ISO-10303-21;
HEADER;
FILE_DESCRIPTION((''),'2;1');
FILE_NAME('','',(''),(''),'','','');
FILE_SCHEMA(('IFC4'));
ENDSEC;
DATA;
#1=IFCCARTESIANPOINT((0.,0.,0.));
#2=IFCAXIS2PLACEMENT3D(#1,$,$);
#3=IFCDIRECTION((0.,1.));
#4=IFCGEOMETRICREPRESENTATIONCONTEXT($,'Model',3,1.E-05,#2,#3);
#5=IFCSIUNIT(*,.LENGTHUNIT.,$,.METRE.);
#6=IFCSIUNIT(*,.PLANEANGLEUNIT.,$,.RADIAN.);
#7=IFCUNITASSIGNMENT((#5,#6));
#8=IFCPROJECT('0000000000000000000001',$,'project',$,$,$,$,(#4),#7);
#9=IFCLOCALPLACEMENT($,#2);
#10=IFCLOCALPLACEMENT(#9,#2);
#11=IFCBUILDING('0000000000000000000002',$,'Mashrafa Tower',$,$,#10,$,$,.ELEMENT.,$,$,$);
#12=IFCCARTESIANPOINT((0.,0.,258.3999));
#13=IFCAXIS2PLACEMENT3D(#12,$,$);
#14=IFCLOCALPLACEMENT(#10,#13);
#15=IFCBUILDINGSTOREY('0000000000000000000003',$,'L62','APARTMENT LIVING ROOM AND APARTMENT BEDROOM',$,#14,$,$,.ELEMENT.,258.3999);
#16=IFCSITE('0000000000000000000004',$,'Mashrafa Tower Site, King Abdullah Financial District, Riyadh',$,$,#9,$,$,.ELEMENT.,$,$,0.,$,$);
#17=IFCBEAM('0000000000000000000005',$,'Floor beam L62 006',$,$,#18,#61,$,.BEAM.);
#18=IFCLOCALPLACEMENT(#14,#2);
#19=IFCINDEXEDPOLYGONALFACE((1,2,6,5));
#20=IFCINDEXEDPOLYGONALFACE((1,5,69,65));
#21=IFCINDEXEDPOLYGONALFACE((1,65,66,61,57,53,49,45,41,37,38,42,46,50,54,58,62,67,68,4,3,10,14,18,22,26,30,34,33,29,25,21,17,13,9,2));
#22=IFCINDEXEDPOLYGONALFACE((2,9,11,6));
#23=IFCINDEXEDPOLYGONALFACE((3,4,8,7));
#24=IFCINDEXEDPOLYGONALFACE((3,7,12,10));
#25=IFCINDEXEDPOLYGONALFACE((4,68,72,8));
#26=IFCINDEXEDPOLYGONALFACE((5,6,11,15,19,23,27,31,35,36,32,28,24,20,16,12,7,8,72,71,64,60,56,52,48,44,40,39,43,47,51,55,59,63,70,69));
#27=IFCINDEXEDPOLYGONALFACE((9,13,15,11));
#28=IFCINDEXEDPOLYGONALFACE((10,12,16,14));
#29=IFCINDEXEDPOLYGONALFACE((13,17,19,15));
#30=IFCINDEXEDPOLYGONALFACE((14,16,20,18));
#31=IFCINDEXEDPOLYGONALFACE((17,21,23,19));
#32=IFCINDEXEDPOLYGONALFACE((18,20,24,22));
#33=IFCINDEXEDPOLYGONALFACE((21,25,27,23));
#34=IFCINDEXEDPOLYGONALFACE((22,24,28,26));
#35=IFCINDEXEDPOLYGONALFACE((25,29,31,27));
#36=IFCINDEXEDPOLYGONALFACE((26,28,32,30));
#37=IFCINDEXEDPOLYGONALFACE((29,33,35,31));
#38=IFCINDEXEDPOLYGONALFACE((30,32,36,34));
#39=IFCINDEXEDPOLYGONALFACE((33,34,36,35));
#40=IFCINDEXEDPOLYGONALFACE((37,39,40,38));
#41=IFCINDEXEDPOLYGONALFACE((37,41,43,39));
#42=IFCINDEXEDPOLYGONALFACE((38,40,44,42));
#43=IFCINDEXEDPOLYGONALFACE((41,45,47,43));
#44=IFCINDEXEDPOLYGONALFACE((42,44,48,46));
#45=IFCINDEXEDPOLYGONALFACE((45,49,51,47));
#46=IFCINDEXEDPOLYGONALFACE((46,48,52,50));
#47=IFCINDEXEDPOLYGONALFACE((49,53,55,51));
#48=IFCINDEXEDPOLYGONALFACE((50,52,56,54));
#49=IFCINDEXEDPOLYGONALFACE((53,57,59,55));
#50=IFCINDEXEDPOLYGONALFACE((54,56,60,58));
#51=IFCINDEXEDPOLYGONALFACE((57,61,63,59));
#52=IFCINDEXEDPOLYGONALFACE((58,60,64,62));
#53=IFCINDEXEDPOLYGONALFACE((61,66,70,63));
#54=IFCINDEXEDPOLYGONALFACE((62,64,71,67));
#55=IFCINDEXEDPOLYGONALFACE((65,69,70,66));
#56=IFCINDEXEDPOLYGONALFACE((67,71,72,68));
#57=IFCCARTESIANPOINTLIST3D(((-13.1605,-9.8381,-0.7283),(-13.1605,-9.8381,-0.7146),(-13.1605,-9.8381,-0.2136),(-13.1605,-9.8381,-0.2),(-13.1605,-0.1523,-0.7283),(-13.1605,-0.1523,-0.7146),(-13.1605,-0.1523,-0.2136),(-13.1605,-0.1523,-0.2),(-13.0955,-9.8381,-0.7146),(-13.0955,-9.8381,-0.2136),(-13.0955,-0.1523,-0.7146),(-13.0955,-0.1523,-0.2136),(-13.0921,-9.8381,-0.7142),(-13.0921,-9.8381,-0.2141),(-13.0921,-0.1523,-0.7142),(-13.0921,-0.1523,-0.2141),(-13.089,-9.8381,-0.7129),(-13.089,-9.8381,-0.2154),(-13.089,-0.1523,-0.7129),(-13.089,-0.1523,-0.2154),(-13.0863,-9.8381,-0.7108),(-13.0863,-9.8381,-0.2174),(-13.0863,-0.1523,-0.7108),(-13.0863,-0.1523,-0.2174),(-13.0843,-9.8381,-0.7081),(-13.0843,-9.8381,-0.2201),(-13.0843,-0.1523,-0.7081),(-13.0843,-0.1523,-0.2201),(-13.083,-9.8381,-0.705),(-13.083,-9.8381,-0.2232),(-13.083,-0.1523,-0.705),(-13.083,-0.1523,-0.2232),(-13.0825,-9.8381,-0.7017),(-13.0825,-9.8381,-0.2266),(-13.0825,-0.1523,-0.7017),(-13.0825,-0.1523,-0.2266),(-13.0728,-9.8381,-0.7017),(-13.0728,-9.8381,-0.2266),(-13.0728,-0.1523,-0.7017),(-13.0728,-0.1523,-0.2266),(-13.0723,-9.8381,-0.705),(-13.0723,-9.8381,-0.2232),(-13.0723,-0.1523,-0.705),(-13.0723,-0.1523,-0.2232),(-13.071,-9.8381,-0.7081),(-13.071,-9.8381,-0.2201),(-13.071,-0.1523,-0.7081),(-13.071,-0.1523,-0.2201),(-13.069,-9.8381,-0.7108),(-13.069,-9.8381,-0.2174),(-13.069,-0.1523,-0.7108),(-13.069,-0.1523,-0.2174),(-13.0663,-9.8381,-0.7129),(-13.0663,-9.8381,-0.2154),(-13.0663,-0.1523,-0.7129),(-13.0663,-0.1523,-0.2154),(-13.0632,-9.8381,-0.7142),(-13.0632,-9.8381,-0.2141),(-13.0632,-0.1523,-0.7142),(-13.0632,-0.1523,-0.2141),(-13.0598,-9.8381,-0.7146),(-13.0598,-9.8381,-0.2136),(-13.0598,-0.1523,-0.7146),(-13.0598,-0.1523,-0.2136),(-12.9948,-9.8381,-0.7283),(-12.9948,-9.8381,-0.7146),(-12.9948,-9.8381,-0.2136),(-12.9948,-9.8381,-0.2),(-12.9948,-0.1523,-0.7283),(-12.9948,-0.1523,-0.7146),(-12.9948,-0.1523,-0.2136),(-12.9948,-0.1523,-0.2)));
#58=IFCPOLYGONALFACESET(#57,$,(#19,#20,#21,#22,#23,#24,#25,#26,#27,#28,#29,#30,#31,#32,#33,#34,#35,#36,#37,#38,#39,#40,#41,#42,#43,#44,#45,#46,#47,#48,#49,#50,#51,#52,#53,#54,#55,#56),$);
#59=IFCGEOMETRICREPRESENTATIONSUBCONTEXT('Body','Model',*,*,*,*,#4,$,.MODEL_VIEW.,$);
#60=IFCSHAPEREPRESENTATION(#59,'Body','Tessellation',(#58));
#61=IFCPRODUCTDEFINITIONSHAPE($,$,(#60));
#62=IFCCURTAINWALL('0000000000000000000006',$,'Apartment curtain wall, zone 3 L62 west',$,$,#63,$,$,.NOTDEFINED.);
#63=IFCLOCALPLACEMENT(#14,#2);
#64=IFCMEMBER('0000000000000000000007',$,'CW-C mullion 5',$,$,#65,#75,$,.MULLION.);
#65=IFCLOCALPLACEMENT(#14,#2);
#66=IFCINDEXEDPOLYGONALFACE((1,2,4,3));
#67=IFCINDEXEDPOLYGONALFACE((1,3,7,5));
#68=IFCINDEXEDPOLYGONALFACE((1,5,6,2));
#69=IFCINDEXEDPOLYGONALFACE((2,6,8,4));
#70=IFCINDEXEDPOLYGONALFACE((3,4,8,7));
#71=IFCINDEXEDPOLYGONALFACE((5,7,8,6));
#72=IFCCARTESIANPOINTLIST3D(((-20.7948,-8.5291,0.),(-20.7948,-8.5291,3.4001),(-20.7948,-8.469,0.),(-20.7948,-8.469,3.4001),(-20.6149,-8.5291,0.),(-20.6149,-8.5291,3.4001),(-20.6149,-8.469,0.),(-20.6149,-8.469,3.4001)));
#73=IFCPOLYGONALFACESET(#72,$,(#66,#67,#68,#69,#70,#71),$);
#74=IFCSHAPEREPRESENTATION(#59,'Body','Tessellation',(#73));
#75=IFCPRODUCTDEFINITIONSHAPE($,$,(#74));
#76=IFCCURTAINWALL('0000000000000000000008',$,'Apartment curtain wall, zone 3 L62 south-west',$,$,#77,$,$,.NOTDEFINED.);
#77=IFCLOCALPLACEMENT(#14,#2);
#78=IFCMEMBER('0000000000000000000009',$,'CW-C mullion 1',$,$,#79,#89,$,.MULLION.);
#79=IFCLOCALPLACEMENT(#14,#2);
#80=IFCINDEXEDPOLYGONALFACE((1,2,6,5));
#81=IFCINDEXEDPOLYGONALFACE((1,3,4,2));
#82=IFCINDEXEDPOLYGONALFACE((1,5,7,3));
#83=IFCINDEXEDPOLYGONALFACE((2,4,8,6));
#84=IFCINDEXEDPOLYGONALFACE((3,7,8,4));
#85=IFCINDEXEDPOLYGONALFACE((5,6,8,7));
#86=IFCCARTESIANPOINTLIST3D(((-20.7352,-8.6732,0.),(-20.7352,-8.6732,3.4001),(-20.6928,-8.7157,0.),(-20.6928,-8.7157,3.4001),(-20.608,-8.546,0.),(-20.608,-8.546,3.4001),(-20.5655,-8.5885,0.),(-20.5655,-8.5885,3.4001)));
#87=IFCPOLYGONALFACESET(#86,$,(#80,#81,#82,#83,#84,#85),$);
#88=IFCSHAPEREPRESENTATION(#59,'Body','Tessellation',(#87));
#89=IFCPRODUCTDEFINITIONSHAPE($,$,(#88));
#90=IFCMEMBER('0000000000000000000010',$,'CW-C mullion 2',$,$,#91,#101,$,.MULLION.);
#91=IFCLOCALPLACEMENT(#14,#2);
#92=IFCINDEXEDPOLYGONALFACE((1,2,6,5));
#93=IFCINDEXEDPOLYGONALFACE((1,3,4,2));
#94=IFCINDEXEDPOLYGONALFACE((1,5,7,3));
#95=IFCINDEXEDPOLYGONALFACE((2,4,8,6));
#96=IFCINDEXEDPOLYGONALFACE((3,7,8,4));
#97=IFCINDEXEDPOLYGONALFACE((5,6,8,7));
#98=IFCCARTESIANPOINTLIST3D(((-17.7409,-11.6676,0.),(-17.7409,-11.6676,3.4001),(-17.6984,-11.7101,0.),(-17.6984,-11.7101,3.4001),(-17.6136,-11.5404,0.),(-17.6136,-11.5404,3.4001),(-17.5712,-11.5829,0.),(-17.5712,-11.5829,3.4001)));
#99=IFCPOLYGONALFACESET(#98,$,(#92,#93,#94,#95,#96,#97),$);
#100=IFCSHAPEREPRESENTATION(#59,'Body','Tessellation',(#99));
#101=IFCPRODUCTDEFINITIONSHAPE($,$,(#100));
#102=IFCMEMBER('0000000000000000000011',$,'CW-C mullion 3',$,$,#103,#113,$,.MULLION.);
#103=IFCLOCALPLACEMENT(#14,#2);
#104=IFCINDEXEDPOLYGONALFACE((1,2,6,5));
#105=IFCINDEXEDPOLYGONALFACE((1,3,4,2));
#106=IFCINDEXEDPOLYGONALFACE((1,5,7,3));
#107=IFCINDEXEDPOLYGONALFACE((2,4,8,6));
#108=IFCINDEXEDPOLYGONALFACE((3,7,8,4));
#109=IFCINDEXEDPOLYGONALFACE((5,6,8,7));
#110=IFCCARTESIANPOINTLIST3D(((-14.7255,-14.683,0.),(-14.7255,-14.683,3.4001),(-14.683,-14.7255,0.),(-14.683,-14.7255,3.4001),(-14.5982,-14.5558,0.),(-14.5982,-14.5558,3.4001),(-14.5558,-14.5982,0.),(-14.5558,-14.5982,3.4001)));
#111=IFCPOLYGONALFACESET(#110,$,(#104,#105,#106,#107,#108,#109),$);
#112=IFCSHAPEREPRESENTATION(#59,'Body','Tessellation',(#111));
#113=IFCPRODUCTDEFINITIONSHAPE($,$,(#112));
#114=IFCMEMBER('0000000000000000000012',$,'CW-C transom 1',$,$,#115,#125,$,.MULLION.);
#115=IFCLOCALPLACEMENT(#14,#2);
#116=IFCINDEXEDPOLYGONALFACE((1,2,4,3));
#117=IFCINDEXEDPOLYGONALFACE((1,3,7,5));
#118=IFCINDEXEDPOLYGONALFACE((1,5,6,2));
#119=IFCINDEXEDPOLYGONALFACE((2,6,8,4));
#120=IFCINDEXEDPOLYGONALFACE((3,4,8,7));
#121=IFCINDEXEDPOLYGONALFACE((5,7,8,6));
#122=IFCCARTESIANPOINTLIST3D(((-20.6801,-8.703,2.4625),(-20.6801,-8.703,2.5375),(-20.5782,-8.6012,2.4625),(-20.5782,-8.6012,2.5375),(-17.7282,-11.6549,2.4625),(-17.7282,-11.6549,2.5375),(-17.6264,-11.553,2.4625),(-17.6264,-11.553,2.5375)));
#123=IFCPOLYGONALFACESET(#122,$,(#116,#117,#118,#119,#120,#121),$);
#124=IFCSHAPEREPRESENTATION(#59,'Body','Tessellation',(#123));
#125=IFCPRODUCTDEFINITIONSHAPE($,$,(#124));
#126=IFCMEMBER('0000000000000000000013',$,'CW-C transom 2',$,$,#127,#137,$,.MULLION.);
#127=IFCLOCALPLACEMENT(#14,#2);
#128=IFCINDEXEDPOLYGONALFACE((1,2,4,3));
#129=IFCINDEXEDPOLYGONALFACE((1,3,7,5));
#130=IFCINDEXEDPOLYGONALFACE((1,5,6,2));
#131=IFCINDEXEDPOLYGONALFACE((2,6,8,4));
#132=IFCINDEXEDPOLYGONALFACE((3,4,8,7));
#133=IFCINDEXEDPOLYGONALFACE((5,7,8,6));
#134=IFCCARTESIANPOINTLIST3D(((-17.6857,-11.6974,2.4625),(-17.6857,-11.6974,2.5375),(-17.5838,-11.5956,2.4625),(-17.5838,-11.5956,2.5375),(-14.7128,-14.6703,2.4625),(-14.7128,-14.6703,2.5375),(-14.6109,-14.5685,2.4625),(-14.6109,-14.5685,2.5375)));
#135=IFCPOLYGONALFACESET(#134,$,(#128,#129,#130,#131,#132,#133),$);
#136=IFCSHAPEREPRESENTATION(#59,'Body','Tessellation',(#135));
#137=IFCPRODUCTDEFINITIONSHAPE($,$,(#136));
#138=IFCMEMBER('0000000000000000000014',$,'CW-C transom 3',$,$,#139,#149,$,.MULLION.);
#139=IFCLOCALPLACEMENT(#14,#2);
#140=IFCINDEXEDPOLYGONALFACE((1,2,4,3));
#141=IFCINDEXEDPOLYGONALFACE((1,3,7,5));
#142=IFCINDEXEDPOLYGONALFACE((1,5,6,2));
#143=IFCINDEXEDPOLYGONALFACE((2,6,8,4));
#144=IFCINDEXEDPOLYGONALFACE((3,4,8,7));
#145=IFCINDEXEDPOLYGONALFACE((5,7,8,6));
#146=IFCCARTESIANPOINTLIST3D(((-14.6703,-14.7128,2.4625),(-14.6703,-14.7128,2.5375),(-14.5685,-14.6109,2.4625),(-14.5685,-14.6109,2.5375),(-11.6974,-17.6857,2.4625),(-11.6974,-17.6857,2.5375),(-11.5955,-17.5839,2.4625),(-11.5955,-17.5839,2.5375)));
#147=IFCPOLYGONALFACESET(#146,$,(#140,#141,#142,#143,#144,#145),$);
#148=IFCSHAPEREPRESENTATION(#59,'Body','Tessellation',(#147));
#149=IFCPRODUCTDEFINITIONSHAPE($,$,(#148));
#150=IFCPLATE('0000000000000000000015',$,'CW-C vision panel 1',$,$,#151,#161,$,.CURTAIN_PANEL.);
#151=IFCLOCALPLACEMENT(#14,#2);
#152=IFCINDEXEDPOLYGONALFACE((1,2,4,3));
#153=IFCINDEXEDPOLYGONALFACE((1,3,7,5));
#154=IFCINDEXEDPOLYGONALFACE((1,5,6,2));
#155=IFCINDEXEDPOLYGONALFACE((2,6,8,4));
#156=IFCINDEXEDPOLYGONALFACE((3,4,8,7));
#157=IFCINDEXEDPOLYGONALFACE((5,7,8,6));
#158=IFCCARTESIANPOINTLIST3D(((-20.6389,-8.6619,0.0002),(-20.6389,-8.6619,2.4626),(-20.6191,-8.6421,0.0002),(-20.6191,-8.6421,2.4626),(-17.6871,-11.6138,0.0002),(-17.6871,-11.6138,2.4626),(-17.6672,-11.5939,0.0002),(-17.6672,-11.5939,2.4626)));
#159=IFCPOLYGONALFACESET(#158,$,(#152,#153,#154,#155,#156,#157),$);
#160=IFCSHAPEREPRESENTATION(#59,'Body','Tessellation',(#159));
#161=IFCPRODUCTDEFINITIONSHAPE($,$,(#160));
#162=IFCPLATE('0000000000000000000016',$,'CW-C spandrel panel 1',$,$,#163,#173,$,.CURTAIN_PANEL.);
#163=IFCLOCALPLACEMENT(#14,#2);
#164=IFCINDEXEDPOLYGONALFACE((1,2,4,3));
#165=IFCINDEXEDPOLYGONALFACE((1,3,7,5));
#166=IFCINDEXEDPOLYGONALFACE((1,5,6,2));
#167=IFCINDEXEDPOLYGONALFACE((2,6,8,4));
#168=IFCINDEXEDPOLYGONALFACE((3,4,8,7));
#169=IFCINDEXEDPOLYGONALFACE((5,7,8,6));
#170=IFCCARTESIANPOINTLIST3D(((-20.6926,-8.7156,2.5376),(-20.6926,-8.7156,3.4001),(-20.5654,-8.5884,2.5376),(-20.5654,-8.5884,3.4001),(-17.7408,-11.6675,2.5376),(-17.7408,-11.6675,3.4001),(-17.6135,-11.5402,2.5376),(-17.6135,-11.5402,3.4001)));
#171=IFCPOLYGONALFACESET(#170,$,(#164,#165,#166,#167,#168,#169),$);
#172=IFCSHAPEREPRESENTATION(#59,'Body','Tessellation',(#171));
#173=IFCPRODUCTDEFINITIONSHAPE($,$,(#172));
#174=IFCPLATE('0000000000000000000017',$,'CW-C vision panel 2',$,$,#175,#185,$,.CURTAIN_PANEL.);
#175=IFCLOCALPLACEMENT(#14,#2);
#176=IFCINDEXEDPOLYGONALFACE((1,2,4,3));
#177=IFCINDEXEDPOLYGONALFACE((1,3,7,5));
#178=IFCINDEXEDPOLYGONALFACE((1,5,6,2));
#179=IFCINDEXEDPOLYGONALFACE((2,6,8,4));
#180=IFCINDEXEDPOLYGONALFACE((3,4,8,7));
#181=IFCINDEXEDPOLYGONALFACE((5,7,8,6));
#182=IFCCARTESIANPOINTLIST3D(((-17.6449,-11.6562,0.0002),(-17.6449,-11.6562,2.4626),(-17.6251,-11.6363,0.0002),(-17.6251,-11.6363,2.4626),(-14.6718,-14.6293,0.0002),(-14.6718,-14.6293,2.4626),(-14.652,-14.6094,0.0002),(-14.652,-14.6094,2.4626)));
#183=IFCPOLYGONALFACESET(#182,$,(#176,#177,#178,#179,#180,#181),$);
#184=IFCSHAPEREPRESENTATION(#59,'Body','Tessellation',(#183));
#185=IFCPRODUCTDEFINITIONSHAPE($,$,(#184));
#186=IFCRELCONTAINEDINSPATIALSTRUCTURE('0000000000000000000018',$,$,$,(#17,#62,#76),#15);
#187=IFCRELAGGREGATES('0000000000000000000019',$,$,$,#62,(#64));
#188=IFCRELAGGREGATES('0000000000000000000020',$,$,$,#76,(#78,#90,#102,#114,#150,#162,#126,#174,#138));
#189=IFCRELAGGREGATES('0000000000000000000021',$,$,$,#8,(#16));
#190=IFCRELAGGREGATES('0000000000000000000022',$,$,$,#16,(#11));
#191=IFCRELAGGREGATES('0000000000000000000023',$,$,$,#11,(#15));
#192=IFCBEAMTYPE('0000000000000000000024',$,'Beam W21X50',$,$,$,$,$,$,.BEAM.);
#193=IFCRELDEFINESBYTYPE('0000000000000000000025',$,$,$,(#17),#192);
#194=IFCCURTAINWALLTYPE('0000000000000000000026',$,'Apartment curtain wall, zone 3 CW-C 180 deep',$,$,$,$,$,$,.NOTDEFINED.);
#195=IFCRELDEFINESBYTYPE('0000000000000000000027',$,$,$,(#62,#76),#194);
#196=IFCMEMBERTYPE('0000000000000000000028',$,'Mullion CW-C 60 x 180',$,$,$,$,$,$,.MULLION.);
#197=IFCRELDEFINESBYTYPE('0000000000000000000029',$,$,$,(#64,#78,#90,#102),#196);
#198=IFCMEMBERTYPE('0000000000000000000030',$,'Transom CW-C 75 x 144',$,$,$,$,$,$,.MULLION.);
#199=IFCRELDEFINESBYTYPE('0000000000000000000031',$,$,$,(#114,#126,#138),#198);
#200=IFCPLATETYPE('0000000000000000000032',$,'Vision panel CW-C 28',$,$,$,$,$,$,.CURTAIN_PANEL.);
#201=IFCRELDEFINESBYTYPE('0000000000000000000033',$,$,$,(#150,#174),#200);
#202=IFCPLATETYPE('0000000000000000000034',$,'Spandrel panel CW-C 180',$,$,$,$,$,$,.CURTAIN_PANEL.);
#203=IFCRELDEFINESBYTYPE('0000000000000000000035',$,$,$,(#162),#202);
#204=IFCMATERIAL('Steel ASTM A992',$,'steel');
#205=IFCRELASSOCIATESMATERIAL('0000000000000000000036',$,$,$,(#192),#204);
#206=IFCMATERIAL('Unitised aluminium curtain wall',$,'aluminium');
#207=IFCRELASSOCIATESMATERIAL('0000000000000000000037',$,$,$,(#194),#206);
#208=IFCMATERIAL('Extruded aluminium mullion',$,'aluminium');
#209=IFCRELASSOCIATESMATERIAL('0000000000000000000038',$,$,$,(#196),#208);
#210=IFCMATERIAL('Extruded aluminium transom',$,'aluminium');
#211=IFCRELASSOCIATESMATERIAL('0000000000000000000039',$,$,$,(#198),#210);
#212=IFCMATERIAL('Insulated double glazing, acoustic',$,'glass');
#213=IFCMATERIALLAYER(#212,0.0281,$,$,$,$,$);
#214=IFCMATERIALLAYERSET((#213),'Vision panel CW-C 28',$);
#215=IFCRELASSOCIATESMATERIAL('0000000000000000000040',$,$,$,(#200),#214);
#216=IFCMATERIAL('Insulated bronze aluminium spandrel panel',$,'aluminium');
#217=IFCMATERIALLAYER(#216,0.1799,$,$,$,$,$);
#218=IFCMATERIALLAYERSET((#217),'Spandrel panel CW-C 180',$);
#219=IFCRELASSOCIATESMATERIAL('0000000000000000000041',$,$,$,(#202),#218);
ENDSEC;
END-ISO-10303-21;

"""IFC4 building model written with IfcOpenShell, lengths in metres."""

from ifc_helpers import new_model, si_unit, direction, frame, origin, origin_2d, place, context, subcontext, project, spatial, rectangle, i_section, extrude, source, transform, mapped, material, layer, layer_set, material_profile, profile_set, type_object, type_shapes, element, aggregate, save


model = new_model("IFC4")

# Units and contexts
model_context = context("Model", 3, precision=1e-05, world=origin(), true_north=direction((0.0, 1.0)))
body_context = subcontext(model_context, "Body", "Model", "MODEL_VIEW")
ifc_project = project(units=[si_unit("LENGTHUNIT", "METRE"), si_unit("PLANEANGLEUNIT", "RADIAN")], contexts=[model_context])

# Site, building, storey
site_placement = place(None, origin())
site = spatial("IfcSite", under=ifc_project, at=site_placement, Name="Mashrafa Tower Site, King Abdullah Financial District, Riyadh", CompositionType="ELEMENT", RefElevation=0.0)
building_placement = place(site_placement, origin())
building = spatial("IfcBuilding", under=site, at=building_placement, Name="Mashrafa Tower", CompositionType="ELEMENT")
storey_placement = place(building_placement, frame((0.0, 0.0, 258.3999)))
storey = spatial("IfcBuildingStorey", under=building, at=storey_placement, Name="L62", Description="APARTMENT LIVING ROOM AND APARTMENT BEDROOM", CompositionType="ELEMENT", Elevation=258.3999)

# Beam
ifc_material_1 = material(Name="Steel ASTM A992", Category="steel")
ifc_material_profile_1 = material_profile(ifc_material_1, i_section(OverallWidth=0.1658, OverallDepth=0.5283, WebThickness=0.0098, FlangeThickness=0.0137, FilletRadius=0.0129, at=origin_2d()), Name="W21X50")
ifc_profile_set_1 = profile_set([ifc_material_profile_1], Name="Steel ASTM A992")
beam_type_1 = type_object("IfcBeamType", Name="Beam W21X50", PredefinedType="BEAM", material=ifc_profile_set_1)
beam_1_placement = place(storey_placement, frame((-13.0776, -9.8381, -0.4641), z_axis=(0.0, 1.0, 0.0), x_axis=(-1.0, 0.0, 0.0)))
element("IfcBeam", 1, at=beam_1_placement, inside=storey, type_object=beam_type_1, Name="Floor beam L62 006", PredefinedType="BEAM", context=body_context, shape_type="SweptSolid", body=[
    extrude(i_section(OverallWidth=0.1658, OverallDepth=0.5283, WebThickness=0.0098, FlangeThickness=0.0137, FilletRadius=0.0129, at=origin_2d()), origin(), (0.0, 0.0, 1.0), 9.6858),
])

# Curtain wall, member
ifc_material_2 = material(Name="Unitised aluminium curtain wall", Category="aluminium")
curtain_wall_type = type_object("IfcCurtainWallType", Name="Apartment curtain wall, zone 3 CW-C 180 deep", PredefinedType="NOTDEFINED", material=ifc_material_2)
curtain_wall_1_placement = place(storey_placement, origin())
curtain_wall_1 = element("IfcCurtainWall", 2, at=curtain_wall_1_placement, inside=storey, type_object=curtain_wall_type, Name="Apartment curtain wall, zone 3 L62 west", PredefinedType="NOTDEFINED")
ifc_material_3 = material(Name="Extruded aluminium mullion", Category="aluminium")
ifc_material_profile_2 = material_profile(ifc_material_3, rectangle(XDim=0.1799, YDim=0.0601, at=origin_2d()), Name="Mullion 60x180")
ifc_profile_set_2 = profile_set([ifc_material_profile_2], Name="Extruded aluminium mullion")
member_type_1 = type_object("IfcMemberType", Name="Mullion CW-C 60 x 180", PredefinedType="MULLION", material=ifc_profile_set_2)
shared_shape_1 = source(origin(), body_context, "Body", "SweptSolid", [
    extrude(rectangle(XDim=0.1799, YDim=0.0601, at=origin_2d()), origin(), (0.0, 0.0, 1.0), 3.4001),
])
type_shapes(member_type_1, [shared_shape_1])
member_1_placement = place(storey_placement, frame((-20.7048, -8.499, 0.0), z_axis=(0.0, 0.0, 1.0), x_axis=(1.0, 0.0, 0.0)))
member_1 = element("IfcMember", 3, at=member_1_placement, type_object=member_type_1, Name="CW-C mullion 5", PredefinedType="MULLION", context=body_context, shape_type="MappedRepresentation", body=[
    mapped(shared_shape_1, transform((0.0, 0.0, 0.0))),
])
aggregate(curtain_wall_1, [member_1])

# Curtain wall, members, plates
curtain_wall_2_placement = place(storey_placement, origin())
curtain_wall_2 = element("IfcCurtainWall", 4, at=curtain_wall_2_placement, inside=storey, type_object=curtain_wall_type, Name="Apartment curtain wall, zone 3 L62 south-west", PredefinedType="NOTDEFINED")
member_2_placement = place(storey_placement, frame((-20.6504, -8.6309, 0.0), z_axis=(0.0, 0.0, 1.0), x_axis=(0.707107, 0.707107, 0.0)))
member_2 = element("IfcMember", 5, at=member_2_placement, type_object=member_type_1, Name="CW-C mullion 1", PredefinedType="MULLION", context=body_context, shape_type="MappedRepresentation", body=[
    mapped(shared_shape_1, transform((0.0, 0.0, 0.0))),
])
member_3_placement = place(storey_placement, frame((-17.656, -11.6252, 0.0), z_axis=(0.0, 0.0, 1.0), x_axis=(0.707107, 0.707107, 0.0)))
member_3 = element("IfcMember", 6, at=member_3_placement, type_object=member_type_1, Name="CW-C mullion 2", PredefinedType="MULLION", context=body_context, shape_type="MappedRepresentation", body=[
    mapped(shared_shape_1, transform((0.0, 0.0, 0.0))),
])
member_4_placement = place(storey_placement, frame((-14.6406, -14.6406, 0.0), z_axis=(0.0, 0.0, 1.0), x_axis=(0.707107, 0.707107, 0.0)))
member_4 = element("IfcMember", 7, at=member_4_placement, type_object=member_type_1, Name="CW-C mullion 3", PredefinedType="MULLION", context=body_context, shape_type="MappedRepresentation", body=[
    mapped(shared_shape_1, transform((0.0, 0.0, 0.0))),
])
ifc_material_4 = material(Name="Extruded aluminium transom", Category="aluminium")
ifc_material_profile_3 = material_profile(ifc_material_4, rectangle(XDim=0.144, YDim=0.075, at=origin_2d()), Name="Transom 75x144")
ifc_profile_set_3 = profile_set([ifc_material_profile_3], Name="Extruded aluminium transom")
member_type_2 = type_object("IfcMemberType", Name="Transom CW-C 75 x 144", PredefinedType="MULLION", material=ifc_profile_set_3)
shared_shape_2 = source(origin(), body_context, "Body", "SweptSolid", [
    extrude(rectangle(XDim=0.144, YDim=0.075, at=origin_2d()), origin(), (0.0, 0.0, 1.0), 4.1746),
])
member_5_placement = place(storey_placement, frame((-20.6292, -8.6521, 2.5), z_axis=(0.707107, -0.707107, 0.0), x_axis=(0.707107, 0.707107, 0.0)))
member_5 = element("IfcMember", 8, at=member_5_placement, type_object=member_type_2, Name="CW-C transom 1", PredefinedType="MULLION", context=body_context, shape_type="MappedRepresentation", body=[
    mapped(shared_shape_2, transform((0.0, 0.0, 0.0))),
])
shared_shape_3 = source(origin(), body_context, "Body", "SweptSolid", [
    extrude(rectangle(XDim=0.144, YDim=0.075, at=origin_2d()), origin(), (0.0, 0.0, 1.0), 4.2043),
])
type_shapes(member_type_2, [shared_shape_2, shared_shape_3])
member_6_placement = place(storey_placement, frame((-17.6348, -11.6465, 2.5), z_axis=(0.707107, -0.707107, 0.0), x_axis=(0.707107, 0.707107, 0.0)))
member_6 = element("IfcMember", 9, at=member_6_placement, type_object=member_type_2, Name="CW-C transom 2", PredefinedType="MULLION", context=body_context, shape_type="MappedRepresentation", body=[
    mapped(shared_shape_3, transform((0.0, 0.0, 0.0))),
])
member_7_placement = place(storey_placement, frame((-14.6194, -14.6619, 2.5), z_axis=(0.707107, -0.707107, 0.0), x_axis=(0.707107, 0.707107, 0.0)))
member_7 = element("IfcMember", 10, at=member_7_placement, type_object=member_type_2, Name="CW-C transom 3", PredefinedType="MULLION", context=body_context, shape_type="MappedRepresentation", body=[
    mapped(shared_shape_3, transform((0.0, 0.0, 0.0))),
])
ifc_material_5 = material(Name="Insulated double glazing, acoustic", Category="glass")
ifc_layer_1 = layer(ifc_material_5, 0.0281)
ifc_layer_set_1 = layer_set([ifc_layer_1], Name="Vision panel CW-C 28")
plate_type_1 = type_object("IfcPlateType", Name="Vision panel CW-C 28", PredefinedType="CURTAIN_PANEL", material=ifc_layer_set_1)
shared_shape_4 = source(origin(), body_context, "Body", "SweptSolid", [
    extrude(rectangle(XDim=4.1746, YDim=0.0281, at=origin_2d()), origin(), (0.0, 0.0, 1.0), 2.4624),
])
plate_1_placement = place(storey_placement, frame((-19.1531, -10.1279, 0.0002), z_axis=(0.0, 0.0, 1.0), x_axis=(0.707107, -0.707107, 0.0)))
plate_1 = element("IfcPlate", 11, at=plate_1_placement, type_object=plate_type_1, Name="CW-C vision panel 1", PredefinedType="CURTAIN_PANEL", context=body_context, shape_type="MappedRepresentation", body=[
    mapped(shared_shape_4, transform((0.0, 0.0, 0.0))),
])
ifc_material_6 = material(Name="Insulated bronze aluminium spandrel panel", Category="aluminium")
ifc_layer_2 = layer(ifc_material_6, 0.1799)
ifc_layer_set_2 = layer_set([ifc_layer_2], Name="Spandrel panel CW-C 180")
plate_type_2 = type_object("IfcPlateType", Name="Spandrel panel CW-C 180", PredefinedType="CURTAIN_PANEL", material=ifc_layer_set_2)
shared_shape_5 = source(origin(), body_context, "Body", "SweptSolid", [
    extrude(rectangle(XDim=4.1746, YDim=0.1799, at=origin_2d()), origin(), (0.0, 0.0, 1.0), 0.8625),
])
plate_2_placement = place(storey_placement, frame((-19.1531, -10.1279, 2.5376), z_axis=(0.0, 0.0, 1.0), x_axis=(0.707107, -0.707107, 0.0)))
plate_2 = element("IfcPlate", 12, at=plate_2_placement, type_object=plate_type_2, Name="CW-C spandrel panel 1", PredefinedType="CURTAIN_PANEL", context=body_context, shape_type="MappedRepresentation", body=[
    mapped(shared_shape_5, transform((0.0, 0.0, 0.0))),
])
shared_shape_6 = source(origin(), body_context, "Body", "SweptSolid", [
    extrude(rectangle(XDim=4.2046, YDim=0.0281, at=origin_2d()), origin(), (0.0, 0.0, 1.0), 2.4624),
])
type_shapes(plate_type_1, [shared_shape_4, shared_shape_6])
plate_3_placement = place(storey_placement, frame((-16.1484, -13.1328, 0.0002), z_axis=(0.0, 0.0, 1.0), x_axis=(0.707107, -0.707107, 0.0)))
plate_3 = element("IfcPlate", 13, at=plate_3_placement, type_object=plate_type_1, Name="CW-C vision panel 2", PredefinedType="CURTAIN_PANEL", context=body_context, shape_type="MappedRepresentation", body=[
    mapped(shared_shape_6, transform((0.0, 0.0, 0.0))),
])
aggregate(curtain_wall_2, [member_2, member_3, member_4, member_5, plate_1, plate_2, member_6, plate_3, member_7])

save(model, "model.ifc")
